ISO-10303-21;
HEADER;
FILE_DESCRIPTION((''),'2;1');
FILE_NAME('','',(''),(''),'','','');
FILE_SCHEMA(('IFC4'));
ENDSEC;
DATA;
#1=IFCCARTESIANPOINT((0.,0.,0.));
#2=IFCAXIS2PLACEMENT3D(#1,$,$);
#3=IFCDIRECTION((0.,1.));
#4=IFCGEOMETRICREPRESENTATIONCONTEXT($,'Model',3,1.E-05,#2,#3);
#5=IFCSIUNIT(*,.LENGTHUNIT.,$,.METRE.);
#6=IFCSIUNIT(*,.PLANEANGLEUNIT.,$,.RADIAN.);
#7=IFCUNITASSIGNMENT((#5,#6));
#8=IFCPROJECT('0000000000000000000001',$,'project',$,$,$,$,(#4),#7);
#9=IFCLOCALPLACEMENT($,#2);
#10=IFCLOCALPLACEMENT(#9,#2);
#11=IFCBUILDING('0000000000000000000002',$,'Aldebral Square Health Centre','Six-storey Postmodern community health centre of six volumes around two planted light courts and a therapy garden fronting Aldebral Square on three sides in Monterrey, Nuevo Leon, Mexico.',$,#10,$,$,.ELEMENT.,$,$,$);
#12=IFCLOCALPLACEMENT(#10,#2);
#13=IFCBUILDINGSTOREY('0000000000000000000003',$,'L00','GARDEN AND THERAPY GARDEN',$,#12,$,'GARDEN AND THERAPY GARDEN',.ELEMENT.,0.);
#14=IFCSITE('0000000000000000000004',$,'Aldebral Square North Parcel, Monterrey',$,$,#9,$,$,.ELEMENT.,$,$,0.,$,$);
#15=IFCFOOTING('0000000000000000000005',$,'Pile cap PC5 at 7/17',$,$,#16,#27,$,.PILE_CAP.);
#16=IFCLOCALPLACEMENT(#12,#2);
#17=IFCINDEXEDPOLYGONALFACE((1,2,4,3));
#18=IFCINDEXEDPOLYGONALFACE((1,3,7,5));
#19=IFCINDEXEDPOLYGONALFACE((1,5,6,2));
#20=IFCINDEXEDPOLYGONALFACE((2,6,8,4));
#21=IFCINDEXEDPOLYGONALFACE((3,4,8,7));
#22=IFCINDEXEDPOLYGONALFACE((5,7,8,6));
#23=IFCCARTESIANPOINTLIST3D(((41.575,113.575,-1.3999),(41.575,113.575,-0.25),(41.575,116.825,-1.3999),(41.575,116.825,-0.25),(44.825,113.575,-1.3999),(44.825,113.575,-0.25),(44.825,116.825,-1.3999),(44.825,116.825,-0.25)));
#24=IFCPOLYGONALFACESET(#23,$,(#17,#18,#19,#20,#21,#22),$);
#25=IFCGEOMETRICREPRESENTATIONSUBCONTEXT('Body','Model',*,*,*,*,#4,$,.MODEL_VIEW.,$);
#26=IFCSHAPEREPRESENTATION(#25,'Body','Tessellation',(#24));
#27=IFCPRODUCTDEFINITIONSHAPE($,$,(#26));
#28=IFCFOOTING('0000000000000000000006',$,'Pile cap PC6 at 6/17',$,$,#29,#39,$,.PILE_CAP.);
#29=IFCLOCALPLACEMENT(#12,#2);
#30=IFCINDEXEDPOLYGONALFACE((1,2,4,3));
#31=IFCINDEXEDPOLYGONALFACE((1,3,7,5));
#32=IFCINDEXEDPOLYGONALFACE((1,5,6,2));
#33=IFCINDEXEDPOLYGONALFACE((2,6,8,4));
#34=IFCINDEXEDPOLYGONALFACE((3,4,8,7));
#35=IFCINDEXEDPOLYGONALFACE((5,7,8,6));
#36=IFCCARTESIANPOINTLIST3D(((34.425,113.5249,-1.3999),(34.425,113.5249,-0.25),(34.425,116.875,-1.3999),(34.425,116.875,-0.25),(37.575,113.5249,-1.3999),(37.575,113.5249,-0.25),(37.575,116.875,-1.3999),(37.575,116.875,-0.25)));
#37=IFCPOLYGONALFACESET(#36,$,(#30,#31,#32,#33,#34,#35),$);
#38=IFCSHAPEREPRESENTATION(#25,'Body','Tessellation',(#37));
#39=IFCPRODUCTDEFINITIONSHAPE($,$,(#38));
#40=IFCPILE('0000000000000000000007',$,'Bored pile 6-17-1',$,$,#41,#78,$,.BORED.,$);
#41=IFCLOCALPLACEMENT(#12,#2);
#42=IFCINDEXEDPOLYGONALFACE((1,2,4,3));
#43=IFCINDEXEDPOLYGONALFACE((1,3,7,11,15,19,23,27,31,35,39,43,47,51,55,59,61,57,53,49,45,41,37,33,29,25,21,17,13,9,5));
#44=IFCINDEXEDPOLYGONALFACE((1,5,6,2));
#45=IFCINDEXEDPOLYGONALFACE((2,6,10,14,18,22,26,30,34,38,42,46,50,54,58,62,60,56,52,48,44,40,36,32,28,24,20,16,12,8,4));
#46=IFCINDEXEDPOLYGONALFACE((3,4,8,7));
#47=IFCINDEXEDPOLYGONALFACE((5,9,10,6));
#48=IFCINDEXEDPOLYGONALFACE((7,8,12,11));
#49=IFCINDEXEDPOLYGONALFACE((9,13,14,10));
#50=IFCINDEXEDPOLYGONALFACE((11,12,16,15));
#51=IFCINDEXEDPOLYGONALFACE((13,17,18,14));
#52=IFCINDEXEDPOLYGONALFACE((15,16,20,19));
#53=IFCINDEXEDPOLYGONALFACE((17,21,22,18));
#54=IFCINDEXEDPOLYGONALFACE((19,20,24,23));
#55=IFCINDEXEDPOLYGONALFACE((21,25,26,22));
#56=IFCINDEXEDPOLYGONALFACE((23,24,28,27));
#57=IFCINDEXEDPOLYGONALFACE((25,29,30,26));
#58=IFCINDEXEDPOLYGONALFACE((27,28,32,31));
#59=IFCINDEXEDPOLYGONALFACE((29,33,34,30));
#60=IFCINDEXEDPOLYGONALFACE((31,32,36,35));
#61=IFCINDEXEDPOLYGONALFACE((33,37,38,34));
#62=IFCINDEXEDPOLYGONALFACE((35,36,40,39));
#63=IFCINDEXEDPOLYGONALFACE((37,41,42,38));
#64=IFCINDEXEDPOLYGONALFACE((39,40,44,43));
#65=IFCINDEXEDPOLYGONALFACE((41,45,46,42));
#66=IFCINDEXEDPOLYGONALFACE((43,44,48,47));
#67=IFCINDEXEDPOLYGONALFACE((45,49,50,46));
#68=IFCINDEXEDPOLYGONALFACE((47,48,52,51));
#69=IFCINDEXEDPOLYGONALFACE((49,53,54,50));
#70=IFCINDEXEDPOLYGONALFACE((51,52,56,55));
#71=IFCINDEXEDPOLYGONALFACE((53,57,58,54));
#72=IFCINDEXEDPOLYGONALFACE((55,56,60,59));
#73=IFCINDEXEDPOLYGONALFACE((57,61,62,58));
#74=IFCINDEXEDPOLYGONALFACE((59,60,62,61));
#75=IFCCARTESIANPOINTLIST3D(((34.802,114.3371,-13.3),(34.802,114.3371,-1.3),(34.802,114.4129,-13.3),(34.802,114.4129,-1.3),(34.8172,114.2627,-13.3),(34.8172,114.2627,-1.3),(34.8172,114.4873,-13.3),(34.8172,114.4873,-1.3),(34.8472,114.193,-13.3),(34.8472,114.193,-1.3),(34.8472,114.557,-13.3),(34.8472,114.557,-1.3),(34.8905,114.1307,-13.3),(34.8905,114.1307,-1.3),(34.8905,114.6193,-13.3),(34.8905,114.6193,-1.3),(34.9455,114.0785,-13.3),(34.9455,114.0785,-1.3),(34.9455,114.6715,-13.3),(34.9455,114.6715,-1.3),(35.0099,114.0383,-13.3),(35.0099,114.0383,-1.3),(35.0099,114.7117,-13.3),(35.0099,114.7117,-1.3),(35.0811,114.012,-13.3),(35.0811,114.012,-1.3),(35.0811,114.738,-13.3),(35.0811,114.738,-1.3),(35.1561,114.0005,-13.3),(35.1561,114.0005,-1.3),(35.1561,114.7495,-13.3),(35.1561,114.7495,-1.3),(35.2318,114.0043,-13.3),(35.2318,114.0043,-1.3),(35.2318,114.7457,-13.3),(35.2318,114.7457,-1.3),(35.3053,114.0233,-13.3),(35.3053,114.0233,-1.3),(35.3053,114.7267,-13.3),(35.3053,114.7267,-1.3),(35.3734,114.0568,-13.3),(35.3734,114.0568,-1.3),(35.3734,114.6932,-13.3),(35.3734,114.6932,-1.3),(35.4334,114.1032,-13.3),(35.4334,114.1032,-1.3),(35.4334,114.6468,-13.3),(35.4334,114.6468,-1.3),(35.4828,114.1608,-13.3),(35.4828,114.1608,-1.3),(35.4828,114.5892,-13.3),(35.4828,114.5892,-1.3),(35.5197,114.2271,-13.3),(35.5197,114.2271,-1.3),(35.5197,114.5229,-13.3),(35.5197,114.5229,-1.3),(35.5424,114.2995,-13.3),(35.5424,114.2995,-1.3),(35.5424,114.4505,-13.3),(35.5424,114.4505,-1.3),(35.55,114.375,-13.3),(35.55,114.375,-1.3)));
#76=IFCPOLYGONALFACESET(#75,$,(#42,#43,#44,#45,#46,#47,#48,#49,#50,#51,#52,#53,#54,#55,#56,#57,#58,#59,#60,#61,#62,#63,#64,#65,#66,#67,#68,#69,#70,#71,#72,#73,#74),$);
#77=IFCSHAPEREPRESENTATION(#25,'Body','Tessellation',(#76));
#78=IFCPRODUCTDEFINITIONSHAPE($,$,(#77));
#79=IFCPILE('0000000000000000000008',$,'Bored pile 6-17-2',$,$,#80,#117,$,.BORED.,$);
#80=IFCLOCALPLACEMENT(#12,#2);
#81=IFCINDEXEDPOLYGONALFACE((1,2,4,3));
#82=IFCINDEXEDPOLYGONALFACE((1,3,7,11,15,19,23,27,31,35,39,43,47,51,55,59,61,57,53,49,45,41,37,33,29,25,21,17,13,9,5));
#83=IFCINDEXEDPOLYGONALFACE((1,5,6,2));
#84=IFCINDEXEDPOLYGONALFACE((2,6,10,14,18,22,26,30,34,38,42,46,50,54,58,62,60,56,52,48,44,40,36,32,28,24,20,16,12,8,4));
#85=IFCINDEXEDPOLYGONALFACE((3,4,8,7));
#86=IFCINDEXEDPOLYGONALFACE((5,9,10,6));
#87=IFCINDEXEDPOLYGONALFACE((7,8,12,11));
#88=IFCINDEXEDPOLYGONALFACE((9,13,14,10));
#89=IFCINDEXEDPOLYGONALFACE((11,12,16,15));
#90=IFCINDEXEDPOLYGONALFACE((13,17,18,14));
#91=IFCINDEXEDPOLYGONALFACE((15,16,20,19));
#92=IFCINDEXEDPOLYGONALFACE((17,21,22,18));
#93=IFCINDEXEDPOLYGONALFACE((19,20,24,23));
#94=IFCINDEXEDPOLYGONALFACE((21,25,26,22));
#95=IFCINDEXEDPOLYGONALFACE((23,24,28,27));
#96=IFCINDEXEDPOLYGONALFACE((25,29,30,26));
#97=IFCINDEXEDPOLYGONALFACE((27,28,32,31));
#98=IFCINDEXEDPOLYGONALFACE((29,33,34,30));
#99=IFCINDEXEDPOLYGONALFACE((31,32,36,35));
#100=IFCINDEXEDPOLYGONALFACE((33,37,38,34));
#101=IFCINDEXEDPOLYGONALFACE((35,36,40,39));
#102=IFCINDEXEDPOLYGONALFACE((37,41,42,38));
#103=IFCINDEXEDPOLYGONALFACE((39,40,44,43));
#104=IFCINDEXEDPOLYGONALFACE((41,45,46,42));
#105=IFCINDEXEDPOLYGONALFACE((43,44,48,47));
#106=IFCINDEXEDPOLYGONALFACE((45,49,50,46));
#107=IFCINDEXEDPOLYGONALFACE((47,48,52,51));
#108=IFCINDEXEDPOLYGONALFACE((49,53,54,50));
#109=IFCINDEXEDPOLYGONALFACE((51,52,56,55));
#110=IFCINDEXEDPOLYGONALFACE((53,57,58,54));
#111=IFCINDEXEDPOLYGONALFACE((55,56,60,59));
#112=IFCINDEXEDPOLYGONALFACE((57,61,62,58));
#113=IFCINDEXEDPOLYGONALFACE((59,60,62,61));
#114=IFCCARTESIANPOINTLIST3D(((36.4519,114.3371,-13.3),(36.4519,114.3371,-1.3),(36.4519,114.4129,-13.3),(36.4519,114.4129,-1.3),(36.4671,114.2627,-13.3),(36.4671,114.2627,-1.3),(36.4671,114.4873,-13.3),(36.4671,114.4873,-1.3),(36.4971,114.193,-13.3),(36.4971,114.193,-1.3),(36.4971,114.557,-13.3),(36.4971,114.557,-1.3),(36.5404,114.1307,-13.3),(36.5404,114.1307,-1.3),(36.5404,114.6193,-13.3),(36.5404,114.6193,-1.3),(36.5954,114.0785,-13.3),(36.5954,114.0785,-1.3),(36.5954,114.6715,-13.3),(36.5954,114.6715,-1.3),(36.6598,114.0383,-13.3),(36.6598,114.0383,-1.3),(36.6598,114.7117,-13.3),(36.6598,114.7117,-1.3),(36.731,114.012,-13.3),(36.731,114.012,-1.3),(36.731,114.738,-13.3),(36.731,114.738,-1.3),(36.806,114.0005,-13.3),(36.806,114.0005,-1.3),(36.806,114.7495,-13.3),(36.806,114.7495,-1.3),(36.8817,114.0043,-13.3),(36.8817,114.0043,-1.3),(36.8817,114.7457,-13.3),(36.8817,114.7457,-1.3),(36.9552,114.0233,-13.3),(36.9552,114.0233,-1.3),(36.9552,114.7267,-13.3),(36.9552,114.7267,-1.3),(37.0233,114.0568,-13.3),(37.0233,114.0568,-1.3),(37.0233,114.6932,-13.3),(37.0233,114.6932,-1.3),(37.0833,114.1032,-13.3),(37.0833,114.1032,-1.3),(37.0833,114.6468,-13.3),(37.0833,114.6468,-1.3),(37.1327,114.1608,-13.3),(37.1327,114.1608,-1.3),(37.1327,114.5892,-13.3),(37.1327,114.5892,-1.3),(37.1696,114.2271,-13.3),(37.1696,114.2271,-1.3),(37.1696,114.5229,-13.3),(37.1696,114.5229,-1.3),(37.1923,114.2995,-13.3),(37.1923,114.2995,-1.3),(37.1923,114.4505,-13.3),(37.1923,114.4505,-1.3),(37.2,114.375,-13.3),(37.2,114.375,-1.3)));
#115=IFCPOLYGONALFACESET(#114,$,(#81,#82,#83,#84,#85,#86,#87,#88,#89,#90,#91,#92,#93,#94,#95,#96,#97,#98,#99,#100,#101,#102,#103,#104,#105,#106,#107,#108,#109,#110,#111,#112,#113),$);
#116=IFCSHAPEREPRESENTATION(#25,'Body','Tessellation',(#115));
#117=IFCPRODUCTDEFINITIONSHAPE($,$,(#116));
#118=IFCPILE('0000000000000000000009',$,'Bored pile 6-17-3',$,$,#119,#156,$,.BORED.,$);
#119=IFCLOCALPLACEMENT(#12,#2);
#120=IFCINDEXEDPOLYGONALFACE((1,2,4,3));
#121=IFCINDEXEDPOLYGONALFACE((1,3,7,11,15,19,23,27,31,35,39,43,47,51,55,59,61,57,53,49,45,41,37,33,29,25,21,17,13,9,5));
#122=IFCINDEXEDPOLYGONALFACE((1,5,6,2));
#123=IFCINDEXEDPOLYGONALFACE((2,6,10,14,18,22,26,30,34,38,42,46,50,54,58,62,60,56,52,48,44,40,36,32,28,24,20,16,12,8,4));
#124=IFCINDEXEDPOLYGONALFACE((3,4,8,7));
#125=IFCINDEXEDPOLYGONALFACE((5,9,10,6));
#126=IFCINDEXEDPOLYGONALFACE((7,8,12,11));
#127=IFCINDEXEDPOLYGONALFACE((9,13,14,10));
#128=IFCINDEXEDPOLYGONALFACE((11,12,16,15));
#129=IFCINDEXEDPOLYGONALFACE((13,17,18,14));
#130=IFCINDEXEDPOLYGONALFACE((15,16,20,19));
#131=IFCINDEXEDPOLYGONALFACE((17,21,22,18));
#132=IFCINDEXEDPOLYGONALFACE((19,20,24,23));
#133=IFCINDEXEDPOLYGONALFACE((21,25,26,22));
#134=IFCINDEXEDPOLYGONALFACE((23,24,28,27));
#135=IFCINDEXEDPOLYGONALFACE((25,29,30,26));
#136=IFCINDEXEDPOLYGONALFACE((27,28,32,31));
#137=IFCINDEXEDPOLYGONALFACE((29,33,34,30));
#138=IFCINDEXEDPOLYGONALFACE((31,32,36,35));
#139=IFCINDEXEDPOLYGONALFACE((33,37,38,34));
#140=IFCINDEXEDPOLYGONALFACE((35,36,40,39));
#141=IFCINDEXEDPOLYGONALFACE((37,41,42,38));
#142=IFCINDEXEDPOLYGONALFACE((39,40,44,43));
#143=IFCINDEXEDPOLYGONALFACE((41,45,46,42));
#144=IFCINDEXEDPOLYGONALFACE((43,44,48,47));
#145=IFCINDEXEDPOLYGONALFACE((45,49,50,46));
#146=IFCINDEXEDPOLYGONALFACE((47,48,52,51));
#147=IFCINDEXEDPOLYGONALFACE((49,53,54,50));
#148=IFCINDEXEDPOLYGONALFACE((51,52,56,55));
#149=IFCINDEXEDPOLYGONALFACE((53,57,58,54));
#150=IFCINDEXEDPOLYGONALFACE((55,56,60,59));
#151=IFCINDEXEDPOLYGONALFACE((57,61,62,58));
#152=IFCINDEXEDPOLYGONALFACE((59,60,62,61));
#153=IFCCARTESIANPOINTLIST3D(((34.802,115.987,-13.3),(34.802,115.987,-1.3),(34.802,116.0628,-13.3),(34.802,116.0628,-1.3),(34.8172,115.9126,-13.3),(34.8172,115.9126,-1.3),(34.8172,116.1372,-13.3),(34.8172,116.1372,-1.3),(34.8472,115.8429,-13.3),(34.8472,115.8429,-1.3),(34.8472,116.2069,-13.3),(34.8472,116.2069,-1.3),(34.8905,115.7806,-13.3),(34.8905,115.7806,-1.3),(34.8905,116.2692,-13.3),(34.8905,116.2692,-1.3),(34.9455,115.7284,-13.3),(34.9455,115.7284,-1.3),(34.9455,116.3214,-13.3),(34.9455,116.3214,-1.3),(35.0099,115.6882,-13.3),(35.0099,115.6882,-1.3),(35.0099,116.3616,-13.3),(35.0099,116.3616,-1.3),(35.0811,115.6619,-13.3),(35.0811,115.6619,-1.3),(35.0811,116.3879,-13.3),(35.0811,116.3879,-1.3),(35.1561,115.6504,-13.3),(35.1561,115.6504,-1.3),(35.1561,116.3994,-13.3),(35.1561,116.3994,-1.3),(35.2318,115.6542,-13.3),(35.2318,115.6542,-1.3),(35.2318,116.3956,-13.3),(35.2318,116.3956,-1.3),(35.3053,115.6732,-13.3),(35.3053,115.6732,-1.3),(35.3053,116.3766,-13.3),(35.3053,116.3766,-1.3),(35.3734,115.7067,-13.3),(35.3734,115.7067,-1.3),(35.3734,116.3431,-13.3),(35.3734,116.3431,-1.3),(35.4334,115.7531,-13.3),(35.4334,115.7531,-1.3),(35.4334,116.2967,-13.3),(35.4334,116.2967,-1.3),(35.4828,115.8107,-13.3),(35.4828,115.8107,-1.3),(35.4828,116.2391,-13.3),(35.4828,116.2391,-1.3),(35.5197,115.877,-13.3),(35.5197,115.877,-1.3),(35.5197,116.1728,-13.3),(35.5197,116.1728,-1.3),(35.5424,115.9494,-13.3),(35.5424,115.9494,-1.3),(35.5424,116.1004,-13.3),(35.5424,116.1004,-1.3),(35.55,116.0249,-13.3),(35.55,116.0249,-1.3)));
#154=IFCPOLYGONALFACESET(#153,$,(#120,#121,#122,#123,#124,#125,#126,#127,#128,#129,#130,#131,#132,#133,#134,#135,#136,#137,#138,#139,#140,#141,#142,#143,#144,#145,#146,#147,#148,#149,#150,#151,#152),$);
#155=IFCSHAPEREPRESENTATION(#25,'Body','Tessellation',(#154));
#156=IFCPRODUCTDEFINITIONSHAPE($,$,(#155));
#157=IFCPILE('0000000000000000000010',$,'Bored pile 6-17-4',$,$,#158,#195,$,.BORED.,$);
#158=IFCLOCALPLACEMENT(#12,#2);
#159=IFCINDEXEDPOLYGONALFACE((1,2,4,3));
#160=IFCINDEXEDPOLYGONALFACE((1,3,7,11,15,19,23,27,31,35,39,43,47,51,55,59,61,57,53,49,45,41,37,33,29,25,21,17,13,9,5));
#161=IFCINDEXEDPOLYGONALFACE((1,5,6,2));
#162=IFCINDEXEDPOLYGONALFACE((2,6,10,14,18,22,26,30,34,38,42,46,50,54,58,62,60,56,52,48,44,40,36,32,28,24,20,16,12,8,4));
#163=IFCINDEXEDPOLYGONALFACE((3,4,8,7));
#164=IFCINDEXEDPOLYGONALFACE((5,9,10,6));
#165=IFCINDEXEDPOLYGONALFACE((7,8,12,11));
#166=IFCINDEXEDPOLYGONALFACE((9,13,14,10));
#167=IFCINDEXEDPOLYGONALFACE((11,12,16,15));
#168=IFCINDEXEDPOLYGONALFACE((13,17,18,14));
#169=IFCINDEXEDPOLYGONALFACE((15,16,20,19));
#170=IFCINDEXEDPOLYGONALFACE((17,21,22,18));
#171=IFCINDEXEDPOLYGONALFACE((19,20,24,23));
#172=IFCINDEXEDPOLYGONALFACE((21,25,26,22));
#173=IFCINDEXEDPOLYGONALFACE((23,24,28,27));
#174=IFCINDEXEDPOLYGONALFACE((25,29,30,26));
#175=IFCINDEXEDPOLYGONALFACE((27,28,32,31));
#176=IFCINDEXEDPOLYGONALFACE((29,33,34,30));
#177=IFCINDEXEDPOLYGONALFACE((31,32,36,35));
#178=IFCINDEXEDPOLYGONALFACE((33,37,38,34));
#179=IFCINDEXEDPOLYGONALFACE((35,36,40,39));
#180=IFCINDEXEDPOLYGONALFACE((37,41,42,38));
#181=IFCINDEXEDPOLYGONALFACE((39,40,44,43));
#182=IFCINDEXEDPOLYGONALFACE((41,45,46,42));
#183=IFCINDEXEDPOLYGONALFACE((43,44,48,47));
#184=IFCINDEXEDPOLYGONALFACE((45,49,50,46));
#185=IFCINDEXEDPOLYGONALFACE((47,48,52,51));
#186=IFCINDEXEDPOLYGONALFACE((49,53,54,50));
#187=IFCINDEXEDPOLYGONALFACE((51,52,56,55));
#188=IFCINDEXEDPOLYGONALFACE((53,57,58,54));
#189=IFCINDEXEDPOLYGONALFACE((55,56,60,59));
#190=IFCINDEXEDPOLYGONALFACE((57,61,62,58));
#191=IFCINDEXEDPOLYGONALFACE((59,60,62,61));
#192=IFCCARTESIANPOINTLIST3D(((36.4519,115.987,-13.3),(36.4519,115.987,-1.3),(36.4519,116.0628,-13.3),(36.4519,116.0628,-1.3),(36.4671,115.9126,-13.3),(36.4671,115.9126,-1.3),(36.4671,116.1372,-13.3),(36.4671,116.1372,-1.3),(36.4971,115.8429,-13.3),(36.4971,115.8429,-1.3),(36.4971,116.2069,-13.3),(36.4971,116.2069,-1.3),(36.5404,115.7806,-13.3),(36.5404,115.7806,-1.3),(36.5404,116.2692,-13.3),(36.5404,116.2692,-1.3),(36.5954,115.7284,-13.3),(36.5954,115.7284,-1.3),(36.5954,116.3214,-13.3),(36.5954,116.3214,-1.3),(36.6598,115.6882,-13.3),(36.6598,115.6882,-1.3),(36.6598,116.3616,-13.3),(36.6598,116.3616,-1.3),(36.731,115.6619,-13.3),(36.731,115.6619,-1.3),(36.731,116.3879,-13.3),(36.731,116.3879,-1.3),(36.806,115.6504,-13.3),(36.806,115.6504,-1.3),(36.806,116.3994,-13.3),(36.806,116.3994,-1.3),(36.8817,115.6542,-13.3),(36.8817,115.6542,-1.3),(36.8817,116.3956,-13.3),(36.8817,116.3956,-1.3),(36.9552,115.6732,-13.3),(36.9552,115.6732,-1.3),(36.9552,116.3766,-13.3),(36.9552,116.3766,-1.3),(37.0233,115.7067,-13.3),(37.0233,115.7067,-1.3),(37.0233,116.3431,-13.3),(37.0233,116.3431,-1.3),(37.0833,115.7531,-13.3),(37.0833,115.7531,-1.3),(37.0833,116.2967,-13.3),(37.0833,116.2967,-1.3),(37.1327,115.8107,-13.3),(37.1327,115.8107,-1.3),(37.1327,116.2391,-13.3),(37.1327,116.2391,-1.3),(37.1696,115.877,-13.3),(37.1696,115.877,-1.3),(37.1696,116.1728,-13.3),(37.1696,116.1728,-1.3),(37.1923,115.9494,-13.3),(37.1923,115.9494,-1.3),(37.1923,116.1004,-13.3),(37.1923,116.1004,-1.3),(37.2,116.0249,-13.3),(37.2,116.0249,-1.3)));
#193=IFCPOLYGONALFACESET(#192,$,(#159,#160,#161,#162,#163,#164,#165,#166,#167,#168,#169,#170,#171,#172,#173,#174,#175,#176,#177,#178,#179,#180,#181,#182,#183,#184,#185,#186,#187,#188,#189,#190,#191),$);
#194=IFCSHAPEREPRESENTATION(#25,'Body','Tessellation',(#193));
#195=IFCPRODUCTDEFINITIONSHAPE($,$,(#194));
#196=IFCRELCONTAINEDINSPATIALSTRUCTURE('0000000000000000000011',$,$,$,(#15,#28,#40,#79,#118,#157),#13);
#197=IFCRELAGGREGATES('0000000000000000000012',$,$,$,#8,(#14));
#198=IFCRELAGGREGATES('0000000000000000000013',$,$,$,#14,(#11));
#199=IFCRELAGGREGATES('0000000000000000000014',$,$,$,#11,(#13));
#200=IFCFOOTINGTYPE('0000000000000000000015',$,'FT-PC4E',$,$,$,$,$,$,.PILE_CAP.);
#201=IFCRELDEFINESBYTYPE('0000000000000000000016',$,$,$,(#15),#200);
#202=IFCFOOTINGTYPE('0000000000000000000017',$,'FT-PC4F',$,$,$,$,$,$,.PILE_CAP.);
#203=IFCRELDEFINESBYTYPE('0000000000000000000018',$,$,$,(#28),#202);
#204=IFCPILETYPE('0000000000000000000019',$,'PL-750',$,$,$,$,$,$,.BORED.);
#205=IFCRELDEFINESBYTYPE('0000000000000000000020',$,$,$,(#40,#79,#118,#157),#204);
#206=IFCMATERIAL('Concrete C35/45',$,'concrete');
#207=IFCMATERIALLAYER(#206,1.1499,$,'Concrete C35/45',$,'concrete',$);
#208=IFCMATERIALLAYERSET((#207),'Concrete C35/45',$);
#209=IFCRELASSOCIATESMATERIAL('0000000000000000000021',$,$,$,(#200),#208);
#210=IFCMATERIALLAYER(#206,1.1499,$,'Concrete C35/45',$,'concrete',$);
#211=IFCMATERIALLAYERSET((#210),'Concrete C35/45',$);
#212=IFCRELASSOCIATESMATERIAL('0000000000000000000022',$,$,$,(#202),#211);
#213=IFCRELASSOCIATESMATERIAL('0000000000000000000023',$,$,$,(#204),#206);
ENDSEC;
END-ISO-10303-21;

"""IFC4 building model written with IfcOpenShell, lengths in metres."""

from ifc_helpers import new_model, si_unit, direction, frame, origin, origin_2d, place, context, subcontext, project, spatial, rectangle, circle, extrude, material, layer, layer_set, material_profile, profile_set, type_object, element, save


model = new_model("IFC4")

# Units and contexts
model_context = context("Model", 3, precision=1e-05, world=origin(), true_north=direction((0.0, 1.0)))
body_context = subcontext(model_context, "Body", "Model", "MODEL_VIEW")
ifc_project = project(units=[si_unit("LENGTHUNIT", "METRE"), si_unit("PLANEANGLEUNIT", "RADIAN")], contexts=[model_context])

# Site, building, storey
site_placement = place(None, origin())
site = spatial("IfcSite", under=ifc_project, at=site_placement, Name="Aldebral Square North Parcel, Monterrey", CompositionType="ELEMENT", RefElevation=0.0)
building_placement = place(site_placement, origin())
building = spatial("IfcBuilding", under=site, at=building_placement, Name="Aldebral Square Health Centre", Description="Six-storey Postmodern community health centre of six volumes around two planted light courts and a therapy garden fronting Aldebral Square on three sides in Monterrey, Nuevo Leon, Mexico.", CompositionType="ELEMENT")
storey_placement = place(building_placement, origin())
storey = spatial("IfcBuildingStorey", under=building, at=storey_placement, Name="L00", Description="GARDEN AND THERAPY GARDEN", LongName="GARDEN AND THERAPY GARDEN", CompositionType="ELEMENT", Elevation=0.0)

# Footings
ifc_material_1 = material(Name="Concrete C35/45", Category="concrete")
ifc_layer_1 = layer(ifc_material_1, 1.1499, Name="Concrete C35/45", Category="concrete")
ifc_layer_set_1 = layer_set([ifc_layer_1], Name="Concrete C35/45")
footing_type_1 = type_object("IfcFootingType", Name="FT-PC4E", PredefinedType="PILE_CAP", material=ifc_layer_set_1)
footing_1_placement = place(storey_placement, frame((43.2, 115.2, -1.3999), z_axis=(0.0, 0.0, 1.0), x_axis=(1.0, 0.0, 0.0)))
element("IfcFooting", 1, at=footing_1_placement, inside=storey, type_object=footing_type_1, Name="Pile cap PC5 at 7/17", PredefinedType="PILE_CAP", context=body_context, shape_type="SweptSolid", body=[
    extrude(rectangle(XDim=3.25, YDim=3.25, at=origin_2d()), origin(), (0.0, 0.0, 1.0), 1.1499),
])
ifc_layer_2 = layer(ifc_material_1, 1.1499, Name="Concrete C35/45", Category="concrete")
ifc_layer_set_2 = layer_set([ifc_layer_2], Name="Concrete C35/45")
footing_type_2 = type_object("IfcFootingType", Name="FT-PC4F", PredefinedType="PILE_CAP", material=ifc_layer_set_2)
footing_2_placement = place(storey_placement, frame((36.0, 115.2, -1.3999), z_axis=(0.0, 0.0, 1.0), x_axis=(1.0, 0.0, 0.0)))
element("IfcFooting", 2, at=footing_2_placement, inside=storey, type_object=footing_type_2, Name="Pile cap PC6 at 6/17", PredefinedType="PILE_CAP", context=body_context, shape_type="SweptSolid", body=[
    extrude(rectangle(XDim=3.1499, YDim=3.3501, at=origin_2d()), origin(), (0.0, 0.0, 1.0), 1.1499),
])

# Piles
ifc_material_profile_1 = material_profile(ifc_material_1, circle(Radius=0.375, at=origin_2d()), Name="PILE D750")
ifc_profile_set_1 = profile_set([ifc_material_profile_1], Name="Concrete C35/45")
pile_type = type_object("IfcPileType", Name="PL-750", PredefinedType="BORED", material=ifc_profile_set_1)
for number, where, z_axis, x_axis, name in (
    (3, (35.175, 114.375, -1.3), (0.0, 0.0, -1.0), (1.0, 0.0, 0.0), "Bored pile 6-17-1"),
    (4, (36.825, 114.375, -1.3), (0.0, 0.0, -1.0), (1.0, 0.0, 0.0), "Bored pile 6-17-2"),
    (5, (35.175, 116.0249, -1.3), (0.0, 0.0, -1.0), (1.0, 0.0, 0.0), "Bored pile 6-17-3"),
    (6, (36.825, 116.0249, -1.3), (0.0, 0.0, -1.0), (1.0, 0.0, 0.0), "Bored pile 6-17-4"),
):
    element("IfcPile", number, at=place(storey_placement, frame(where, z_axis=z_axis, x_axis=x_axis)), inside=storey, type_object=pile_type, Name=name, PredefinedType="BORED", context=body_context, shape_type="SweptSolid", body=[
        extrude(circle(Radius=0.375, at=origin_2d()), origin(), (0.0, 0.0, 1.0), 12.0),
    ])

save(model, "model.ifc")
